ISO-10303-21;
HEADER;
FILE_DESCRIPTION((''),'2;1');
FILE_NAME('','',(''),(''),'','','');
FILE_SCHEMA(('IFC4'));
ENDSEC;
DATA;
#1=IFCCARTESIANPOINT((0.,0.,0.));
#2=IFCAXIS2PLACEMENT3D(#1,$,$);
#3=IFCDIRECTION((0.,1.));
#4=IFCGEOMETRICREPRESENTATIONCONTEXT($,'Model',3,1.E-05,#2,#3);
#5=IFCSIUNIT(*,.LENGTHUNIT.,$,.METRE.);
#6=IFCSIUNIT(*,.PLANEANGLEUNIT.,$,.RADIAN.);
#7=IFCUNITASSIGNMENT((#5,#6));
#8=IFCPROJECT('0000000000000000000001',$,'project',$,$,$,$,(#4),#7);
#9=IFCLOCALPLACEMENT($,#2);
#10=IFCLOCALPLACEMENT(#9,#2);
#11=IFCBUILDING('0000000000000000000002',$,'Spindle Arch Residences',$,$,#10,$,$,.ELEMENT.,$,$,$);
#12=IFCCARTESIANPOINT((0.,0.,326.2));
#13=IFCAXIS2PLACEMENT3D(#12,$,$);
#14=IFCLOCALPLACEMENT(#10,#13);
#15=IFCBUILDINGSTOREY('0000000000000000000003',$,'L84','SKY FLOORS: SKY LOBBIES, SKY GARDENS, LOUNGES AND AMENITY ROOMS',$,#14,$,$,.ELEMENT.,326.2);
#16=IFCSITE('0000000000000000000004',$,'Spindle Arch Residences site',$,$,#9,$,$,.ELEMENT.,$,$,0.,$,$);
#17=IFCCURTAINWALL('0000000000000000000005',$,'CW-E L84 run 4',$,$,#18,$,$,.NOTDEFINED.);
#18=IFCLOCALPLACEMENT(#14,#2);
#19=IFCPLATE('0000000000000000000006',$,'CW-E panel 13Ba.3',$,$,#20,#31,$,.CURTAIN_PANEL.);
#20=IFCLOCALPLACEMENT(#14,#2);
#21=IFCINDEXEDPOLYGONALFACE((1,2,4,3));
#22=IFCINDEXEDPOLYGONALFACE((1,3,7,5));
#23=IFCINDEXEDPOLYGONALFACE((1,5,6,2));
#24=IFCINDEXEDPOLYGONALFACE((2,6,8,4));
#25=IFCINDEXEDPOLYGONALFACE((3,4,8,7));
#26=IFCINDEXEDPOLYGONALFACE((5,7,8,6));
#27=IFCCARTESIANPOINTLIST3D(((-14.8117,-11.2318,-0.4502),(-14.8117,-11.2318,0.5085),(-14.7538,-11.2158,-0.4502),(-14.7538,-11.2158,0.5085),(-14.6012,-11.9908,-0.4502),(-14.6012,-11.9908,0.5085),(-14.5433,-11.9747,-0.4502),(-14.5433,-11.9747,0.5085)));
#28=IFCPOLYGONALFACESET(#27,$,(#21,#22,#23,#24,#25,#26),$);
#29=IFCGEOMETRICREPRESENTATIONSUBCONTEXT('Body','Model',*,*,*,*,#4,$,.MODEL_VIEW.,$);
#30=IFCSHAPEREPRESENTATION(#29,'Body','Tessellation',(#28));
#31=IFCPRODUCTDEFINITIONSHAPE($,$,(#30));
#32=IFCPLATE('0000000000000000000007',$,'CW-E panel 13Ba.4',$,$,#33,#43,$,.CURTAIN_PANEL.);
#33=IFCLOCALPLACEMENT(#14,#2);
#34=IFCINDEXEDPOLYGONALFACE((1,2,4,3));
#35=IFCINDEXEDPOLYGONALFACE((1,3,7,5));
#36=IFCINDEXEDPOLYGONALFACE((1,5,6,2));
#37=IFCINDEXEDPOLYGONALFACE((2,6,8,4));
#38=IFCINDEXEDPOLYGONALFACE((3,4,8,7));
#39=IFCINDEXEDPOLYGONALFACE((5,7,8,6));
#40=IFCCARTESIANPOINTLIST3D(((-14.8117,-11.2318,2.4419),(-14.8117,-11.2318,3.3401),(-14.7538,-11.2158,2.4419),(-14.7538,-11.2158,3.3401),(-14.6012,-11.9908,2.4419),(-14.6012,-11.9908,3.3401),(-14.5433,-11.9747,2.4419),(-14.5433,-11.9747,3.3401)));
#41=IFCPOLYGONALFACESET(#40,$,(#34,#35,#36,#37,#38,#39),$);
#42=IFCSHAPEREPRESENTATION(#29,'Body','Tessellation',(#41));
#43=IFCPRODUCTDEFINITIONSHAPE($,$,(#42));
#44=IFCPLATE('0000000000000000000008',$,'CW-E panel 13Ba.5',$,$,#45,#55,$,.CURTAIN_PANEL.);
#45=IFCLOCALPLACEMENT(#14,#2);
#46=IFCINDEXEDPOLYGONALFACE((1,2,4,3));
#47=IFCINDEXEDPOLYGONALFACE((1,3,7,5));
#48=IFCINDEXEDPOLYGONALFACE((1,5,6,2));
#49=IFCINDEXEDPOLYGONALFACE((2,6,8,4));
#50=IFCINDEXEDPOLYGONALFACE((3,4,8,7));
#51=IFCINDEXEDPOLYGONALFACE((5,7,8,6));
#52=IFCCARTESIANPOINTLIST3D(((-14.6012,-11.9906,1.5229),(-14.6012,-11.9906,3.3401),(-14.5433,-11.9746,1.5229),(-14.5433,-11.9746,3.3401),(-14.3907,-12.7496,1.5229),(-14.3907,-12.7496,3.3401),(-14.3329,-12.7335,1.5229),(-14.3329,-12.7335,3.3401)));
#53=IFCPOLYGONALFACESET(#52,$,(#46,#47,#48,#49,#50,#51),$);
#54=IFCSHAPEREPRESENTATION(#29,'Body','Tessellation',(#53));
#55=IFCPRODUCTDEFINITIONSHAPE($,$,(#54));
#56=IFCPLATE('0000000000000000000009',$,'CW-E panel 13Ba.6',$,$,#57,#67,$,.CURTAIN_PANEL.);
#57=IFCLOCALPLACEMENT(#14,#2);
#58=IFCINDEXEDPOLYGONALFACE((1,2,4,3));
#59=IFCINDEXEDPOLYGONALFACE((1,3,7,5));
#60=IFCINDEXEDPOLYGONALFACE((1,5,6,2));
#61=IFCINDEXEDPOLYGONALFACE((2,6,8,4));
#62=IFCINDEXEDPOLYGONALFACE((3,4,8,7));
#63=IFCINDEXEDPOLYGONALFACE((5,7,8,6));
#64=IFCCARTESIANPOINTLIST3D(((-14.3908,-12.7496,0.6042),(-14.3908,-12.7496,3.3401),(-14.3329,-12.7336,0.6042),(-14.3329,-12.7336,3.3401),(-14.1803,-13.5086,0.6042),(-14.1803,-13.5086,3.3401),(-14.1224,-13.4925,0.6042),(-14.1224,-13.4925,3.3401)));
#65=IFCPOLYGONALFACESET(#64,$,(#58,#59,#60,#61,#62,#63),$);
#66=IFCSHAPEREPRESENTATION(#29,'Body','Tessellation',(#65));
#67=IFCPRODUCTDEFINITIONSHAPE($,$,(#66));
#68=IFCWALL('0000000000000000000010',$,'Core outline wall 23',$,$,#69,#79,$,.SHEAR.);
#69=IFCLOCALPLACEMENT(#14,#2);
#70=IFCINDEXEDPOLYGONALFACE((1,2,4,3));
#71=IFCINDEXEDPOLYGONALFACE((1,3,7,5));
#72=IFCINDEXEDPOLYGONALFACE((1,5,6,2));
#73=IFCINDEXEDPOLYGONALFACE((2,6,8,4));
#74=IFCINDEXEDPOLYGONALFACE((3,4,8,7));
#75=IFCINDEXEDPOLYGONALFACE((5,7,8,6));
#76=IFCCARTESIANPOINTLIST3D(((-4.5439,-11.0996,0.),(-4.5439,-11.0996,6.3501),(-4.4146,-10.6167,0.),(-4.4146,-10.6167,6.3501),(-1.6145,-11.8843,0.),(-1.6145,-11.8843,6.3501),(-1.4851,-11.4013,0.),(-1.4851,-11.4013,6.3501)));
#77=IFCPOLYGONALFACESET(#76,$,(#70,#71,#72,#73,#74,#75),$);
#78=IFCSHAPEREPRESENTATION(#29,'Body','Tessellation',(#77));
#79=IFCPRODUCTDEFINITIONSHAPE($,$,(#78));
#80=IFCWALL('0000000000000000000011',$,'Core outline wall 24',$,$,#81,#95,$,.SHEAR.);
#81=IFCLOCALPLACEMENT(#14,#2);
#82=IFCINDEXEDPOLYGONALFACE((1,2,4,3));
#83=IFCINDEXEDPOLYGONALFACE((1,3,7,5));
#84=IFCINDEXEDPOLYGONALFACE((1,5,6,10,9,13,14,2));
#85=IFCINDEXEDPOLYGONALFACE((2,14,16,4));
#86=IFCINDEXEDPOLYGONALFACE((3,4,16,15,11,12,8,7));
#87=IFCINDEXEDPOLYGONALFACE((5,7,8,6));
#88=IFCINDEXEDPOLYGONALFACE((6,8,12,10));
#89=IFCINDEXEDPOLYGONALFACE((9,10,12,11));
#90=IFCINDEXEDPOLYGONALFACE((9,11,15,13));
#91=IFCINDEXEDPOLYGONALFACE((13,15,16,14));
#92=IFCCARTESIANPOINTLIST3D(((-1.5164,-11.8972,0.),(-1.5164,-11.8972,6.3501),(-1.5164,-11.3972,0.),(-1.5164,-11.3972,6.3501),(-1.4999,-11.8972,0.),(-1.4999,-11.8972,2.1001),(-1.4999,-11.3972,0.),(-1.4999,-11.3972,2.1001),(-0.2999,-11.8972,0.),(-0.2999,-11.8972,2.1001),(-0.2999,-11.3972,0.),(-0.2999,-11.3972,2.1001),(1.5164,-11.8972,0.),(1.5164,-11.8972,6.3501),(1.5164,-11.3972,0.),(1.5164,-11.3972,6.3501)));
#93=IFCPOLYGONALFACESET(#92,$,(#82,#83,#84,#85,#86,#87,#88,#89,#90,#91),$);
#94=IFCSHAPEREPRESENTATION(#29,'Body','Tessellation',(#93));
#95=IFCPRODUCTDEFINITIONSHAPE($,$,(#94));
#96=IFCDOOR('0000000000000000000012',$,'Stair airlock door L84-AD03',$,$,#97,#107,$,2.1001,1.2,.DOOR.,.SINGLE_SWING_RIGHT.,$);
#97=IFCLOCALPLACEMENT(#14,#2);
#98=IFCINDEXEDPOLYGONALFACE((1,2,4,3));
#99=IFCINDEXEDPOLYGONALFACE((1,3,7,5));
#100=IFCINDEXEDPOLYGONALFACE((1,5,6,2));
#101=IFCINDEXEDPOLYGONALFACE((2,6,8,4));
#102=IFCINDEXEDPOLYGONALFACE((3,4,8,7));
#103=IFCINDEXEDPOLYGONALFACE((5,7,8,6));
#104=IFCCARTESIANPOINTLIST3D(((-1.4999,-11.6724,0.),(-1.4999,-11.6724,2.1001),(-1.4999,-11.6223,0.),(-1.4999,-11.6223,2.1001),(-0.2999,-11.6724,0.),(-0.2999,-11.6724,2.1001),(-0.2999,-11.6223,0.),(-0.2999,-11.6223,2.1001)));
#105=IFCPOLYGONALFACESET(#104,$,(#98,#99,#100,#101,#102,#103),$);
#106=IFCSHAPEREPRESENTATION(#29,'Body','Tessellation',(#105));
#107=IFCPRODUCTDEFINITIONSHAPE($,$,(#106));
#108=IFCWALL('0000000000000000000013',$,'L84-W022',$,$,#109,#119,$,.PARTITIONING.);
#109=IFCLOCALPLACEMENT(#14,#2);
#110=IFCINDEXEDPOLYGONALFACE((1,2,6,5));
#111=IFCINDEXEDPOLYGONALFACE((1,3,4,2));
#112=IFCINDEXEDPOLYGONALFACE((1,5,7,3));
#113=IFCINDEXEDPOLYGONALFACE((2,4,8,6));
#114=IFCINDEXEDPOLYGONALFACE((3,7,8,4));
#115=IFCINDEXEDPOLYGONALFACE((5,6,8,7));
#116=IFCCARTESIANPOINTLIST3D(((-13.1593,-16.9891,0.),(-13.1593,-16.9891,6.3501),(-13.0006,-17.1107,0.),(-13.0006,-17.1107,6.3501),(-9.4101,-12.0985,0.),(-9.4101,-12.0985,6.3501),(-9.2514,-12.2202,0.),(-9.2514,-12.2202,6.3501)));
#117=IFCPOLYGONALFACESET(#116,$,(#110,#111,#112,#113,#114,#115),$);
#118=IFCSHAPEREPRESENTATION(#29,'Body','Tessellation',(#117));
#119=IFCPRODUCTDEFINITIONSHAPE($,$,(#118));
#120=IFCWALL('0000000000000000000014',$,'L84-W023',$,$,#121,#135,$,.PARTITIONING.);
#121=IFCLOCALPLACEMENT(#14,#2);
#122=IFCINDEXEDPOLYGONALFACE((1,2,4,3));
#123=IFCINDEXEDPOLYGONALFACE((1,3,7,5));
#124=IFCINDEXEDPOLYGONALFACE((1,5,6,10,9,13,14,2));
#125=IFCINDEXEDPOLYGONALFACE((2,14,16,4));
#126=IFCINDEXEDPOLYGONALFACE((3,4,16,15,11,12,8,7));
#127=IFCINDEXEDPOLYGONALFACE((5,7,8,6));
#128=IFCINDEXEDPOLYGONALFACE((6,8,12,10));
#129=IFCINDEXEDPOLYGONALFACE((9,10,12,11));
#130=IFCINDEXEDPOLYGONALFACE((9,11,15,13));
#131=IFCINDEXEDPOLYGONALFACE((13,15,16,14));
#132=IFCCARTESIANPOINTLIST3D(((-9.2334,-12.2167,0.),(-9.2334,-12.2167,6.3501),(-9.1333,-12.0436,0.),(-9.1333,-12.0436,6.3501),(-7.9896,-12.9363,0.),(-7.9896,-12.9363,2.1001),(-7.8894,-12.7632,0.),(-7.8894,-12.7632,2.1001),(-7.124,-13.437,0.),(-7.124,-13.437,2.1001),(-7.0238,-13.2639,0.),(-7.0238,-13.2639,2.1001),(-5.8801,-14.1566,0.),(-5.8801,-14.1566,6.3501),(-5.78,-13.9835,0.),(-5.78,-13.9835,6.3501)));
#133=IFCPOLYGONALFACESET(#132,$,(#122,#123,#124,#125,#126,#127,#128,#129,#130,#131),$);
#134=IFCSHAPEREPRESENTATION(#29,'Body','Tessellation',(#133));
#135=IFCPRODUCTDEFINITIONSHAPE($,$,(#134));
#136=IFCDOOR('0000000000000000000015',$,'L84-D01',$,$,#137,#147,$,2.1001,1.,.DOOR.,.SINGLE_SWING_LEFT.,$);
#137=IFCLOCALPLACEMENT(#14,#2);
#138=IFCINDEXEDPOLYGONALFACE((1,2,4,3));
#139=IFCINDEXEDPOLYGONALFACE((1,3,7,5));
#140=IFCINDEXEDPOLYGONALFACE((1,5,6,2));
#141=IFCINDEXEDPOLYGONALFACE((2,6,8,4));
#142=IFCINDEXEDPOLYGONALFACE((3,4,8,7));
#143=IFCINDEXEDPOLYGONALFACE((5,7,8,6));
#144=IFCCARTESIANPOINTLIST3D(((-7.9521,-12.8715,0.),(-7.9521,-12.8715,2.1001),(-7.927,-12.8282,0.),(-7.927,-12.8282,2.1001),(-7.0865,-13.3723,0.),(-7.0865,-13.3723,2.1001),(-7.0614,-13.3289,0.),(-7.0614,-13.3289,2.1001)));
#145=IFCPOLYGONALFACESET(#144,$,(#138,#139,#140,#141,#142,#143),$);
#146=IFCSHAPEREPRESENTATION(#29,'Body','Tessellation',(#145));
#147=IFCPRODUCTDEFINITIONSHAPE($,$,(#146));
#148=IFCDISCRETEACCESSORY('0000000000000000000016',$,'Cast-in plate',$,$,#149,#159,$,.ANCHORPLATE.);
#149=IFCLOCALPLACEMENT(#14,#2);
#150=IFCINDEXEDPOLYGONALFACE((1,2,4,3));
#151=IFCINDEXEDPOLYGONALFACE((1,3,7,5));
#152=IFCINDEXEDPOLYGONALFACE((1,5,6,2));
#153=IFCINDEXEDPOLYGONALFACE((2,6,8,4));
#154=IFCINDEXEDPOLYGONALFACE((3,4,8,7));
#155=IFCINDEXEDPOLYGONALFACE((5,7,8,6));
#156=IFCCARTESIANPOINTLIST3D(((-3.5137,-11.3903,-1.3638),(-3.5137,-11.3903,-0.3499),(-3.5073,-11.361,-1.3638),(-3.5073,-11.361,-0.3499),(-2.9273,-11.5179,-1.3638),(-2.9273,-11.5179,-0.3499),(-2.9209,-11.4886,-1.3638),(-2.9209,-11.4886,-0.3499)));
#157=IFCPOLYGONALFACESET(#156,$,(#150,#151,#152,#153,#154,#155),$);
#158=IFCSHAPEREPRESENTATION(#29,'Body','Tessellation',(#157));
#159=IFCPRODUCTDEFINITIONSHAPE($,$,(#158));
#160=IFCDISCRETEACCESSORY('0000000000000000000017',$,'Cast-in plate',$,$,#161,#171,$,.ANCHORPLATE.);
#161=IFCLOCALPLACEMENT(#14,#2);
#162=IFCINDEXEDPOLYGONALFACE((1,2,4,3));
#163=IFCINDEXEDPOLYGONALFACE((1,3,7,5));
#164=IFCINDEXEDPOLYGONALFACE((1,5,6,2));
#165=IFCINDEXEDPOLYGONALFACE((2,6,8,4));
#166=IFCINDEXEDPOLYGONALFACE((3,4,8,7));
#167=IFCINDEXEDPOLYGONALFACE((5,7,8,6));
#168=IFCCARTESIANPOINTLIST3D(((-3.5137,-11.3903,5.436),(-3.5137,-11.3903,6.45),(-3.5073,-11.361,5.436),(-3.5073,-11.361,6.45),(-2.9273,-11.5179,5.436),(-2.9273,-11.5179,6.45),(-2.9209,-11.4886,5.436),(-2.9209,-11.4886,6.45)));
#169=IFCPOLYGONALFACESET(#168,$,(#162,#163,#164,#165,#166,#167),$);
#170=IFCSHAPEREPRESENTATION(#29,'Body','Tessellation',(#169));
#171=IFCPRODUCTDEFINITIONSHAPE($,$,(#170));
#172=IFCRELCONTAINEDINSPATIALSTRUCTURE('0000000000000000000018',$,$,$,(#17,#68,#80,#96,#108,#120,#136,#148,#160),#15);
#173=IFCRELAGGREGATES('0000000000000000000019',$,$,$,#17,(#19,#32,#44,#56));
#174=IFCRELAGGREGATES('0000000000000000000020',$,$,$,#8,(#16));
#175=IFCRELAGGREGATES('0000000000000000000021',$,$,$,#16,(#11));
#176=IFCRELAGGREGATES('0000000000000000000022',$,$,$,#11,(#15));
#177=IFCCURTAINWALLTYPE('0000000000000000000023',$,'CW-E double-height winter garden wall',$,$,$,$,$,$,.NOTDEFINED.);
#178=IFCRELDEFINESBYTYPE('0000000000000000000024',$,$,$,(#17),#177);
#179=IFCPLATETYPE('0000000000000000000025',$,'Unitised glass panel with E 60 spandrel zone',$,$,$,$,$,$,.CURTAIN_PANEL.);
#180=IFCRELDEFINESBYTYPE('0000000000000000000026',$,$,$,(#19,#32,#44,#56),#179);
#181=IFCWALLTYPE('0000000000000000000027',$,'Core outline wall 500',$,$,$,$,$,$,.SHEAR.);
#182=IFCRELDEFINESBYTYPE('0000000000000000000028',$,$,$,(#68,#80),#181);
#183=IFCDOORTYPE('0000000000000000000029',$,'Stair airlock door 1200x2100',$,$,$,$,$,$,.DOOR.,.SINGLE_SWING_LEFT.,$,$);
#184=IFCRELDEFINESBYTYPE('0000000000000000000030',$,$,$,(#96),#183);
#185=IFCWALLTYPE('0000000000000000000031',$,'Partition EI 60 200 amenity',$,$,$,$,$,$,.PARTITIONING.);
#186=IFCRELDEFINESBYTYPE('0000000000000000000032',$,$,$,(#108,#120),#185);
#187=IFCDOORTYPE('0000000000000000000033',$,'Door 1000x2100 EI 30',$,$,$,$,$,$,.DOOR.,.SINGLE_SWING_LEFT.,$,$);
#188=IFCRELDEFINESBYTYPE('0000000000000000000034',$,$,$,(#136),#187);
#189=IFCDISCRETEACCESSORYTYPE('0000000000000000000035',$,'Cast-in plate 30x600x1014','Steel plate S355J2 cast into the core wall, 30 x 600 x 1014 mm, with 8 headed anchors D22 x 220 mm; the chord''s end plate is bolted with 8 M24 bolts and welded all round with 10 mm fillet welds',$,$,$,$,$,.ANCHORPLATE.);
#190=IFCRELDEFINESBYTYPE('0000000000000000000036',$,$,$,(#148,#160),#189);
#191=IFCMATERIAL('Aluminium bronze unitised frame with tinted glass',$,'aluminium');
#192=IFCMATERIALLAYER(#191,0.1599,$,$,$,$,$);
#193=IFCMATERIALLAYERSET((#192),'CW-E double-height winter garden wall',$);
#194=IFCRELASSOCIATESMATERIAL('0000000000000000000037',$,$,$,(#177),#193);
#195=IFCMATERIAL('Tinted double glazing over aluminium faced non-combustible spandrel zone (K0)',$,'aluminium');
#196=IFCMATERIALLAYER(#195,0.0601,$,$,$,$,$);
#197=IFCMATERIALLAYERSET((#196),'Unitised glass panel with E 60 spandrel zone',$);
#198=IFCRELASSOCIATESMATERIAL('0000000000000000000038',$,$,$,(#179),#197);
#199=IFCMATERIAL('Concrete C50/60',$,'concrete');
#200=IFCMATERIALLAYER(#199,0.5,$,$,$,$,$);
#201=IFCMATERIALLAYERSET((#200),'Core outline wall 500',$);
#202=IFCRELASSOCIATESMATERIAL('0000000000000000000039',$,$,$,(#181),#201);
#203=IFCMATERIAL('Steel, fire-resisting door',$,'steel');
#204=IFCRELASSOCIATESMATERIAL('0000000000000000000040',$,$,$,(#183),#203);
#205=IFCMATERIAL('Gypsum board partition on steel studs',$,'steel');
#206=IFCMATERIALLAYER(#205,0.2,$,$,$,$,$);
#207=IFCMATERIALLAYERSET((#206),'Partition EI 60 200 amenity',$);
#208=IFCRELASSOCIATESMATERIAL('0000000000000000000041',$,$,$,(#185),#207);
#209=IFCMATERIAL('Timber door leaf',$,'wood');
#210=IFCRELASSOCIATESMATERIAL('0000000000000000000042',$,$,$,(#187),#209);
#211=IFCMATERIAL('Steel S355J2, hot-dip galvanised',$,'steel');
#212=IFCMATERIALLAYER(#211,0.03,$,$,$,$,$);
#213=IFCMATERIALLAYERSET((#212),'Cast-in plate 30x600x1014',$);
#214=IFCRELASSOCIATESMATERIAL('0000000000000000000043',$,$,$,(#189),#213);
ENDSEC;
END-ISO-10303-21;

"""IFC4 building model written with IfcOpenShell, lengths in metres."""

from ifc_helpers import new_model, si_unit, direction, frame, frame_2d, origin, origin_2d, place, context, subcontext, project, spatial, rectangle, extrude, material, layer, layer_set, type_object, element, fill, aggregate, save


model = new_model("IFC4")

# Units and contexts
model_context = context("Model", 3, precision=1e-05, world=origin(), true_north=direction((0.0, 1.0)))
body_context = subcontext(model_context, "Body", "Model", "MODEL_VIEW")
ifc_project = project(units=[si_unit("LENGTHUNIT", "METRE"), si_unit("PLANEANGLEUNIT", "RADIAN")], contexts=[model_context])

# Site, building, storey
site_placement = place(None, origin())
site = spatial("IfcSite", under=ifc_project, at=site_placement, Name="Spindle Arch Residences site", CompositionType="ELEMENT", RefElevation=0.0)
building_placement = place(site_placement, origin())
building = spatial("IfcBuilding", under=site, at=building_placement, Name="Spindle Arch Residences", CompositionType="ELEMENT")
storey_placement = place(building_placement, frame((0.0, 0.0, 326.2)))
storey = spatial("IfcBuildingStorey", under=building, at=storey_placement, Name="L84", Description="SKY FLOORS: SKY LOBBIES, SKY GARDENS, LOUNGES AND AMENITY ROOMS", CompositionType="ELEMENT", Elevation=326.2)

# Shared definitions
ifc_material_1 = material(Name="Aluminium bronze unitised frame with tinted glass", Category="aluminium")
ifc_layer_1 = layer(ifc_material_1, 0.1599)
ifc_layer_set_1 = layer_set([ifc_layer_1], Name="CW-E double-height winter garden wall")
curtain_wall_type = type_object("IfcCurtainWallType", Name="CW-E double-height winter garden wall", PredefinedType="NOTDEFINED", material=ifc_layer_set_1)

# Curtain wall
curtain_wall_1_placement = place(storey_placement, origin())
curtain_wall_1 = element("IfcCurtainWall", 1, at=curtain_wall_1_placement, inside=storey, type_object=curtain_wall_type, Name="CW-E L84 run 4", PredefinedType="NOTDEFINED")

# Plates
ifc_material_2 = material(Name="Tinted double glazing over aluminium faced non-combustible spandrel zone (K0)", Category="aluminium")
ifc_layer_2 = layer(ifc_material_2, 0.0601)
ifc_layer_set_2 = layer_set([ifc_layer_2], Name="Unitised glass panel with E 60 spandrel zone")
plate_type_1 = type_object("IfcPlateType", Name="Unitised glass panel with E 60 spandrel zone", PredefinedType="CURTAIN_PANEL", material=ifc_layer_set_2)
plate_1_placement = place(storey_placement, frame((-14.6775, -11.6033, -0.4502), z_axis=(0.0, 0.0, 1.0), x_axis=(0.267238, -0.96363, 0.0)))
plate_1 = element("IfcPlate", 2, at=plate_1_placement, type_object=plate_type_1, Name="CW-E panel 13Ba.3", PredefinedType="CURTAIN_PANEL", context=body_context, shape_type="SweptSolid", body=[
    extrude(rectangle(XDim=0.7876, YDim=0.0601, at=origin_2d()), origin(), (0.0, 0.0, 1.0), 0.9587),
])
plate_2_placement = place(storey_placement, frame((-14.6775, -11.6033, 2.4419), z_axis=(0.0, 0.0, 1.0), x_axis=(0.267238, -0.96363, 0.0)))
plate_2 = element("IfcPlate", 3, at=plate_2_placement, type_object=plate_type_1, Name="CW-E panel 13Ba.4", PredefinedType="CURTAIN_PANEL", context=body_context, shape_type="SweptSolid", body=[
    extrude(rectangle(XDim=0.7876, YDim=0.0601, at=origin_2d()), origin(), (0.0, 0.0, 1.0), 0.8982),
])
plate_3_placement = place(storey_placement, frame((-14.467, -12.3621, 1.5229), z_axis=(0.0, 0.0, 1.0), x_axis=(0.267238, -0.96363, 0.0)))
plate_3 = element("IfcPlate", 4, at=plate_3_placement, type_object=plate_type_1, Name="CW-E panel 13Ba.5", PredefinedType="CURTAIN_PANEL", context=body_context, shape_type="SweptSolid", body=[
    extrude(rectangle(XDim=0.7876, YDim=0.0601, at=origin_2d()), origin(), (0.0, 0.0, 1.0), 1.8171),
])
plate_4_placement = place(storey_placement, frame((-14.2566, -13.1211, 0.6042), z_axis=(0.0, 0.0, 1.0), x_axis=(0.267238, -0.96363, 0.0)))
plate_4 = element("IfcPlate", 5, at=plate_4_placement, type_object=plate_type_1, Name="CW-E panel 13Ba.6", PredefinedType="CURTAIN_PANEL", context=body_context, shape_type="SweptSolid", body=[
    extrude(rectangle(XDim=0.7876, YDim=0.0601, at=origin_2d()), origin(), (0.0, 0.0, 1.0), 2.7358),
])
aggregate(curtain_wall_1, [plate_1, plate_2, plate_3, plate_4])

# Wall
ifc_material_3 = material(Name="Concrete C50/60", Category="concrete")
ifc_layer_3 = layer(ifc_material_3, 0.5)
ifc_layer_set_3 = layer_set([ifc_layer_3], Name="Core outline wall 500")
wall_type_1 = type_object("IfcWallType", Name="Core outline wall 500", PredefinedType="SHEAR", material=ifc_layer_set_3)
wall_1_placement = place(storey_placement, frame((-4.4792, -10.8582, 0.0), z_axis=(0.0, 0.0, 1.0), x_axis=(0.965948, -0.258735, 0.0)))
element("IfcWall", 6, at=wall_1_placement, inside=storey, type_object=wall_type_1, Name="Core outline wall 23", PredefinedType="SHEAR", context=body_context, shape_type="SweptSolid", body=[
    extrude(rectangle(XDim=3.0327, YDim=0.5, at=frame_2d((1.5164, 0.0))), origin(), (0.0, 0.0, 1.0), 6.3501),
])

# Wall, opening, door
wall_2_placement = place(storey_placement, frame((-1.5164, -11.6472, 0.0), z_axis=(0.0, 0.0, 1.0), x_axis=(1.0, 0.0, 0.0)))
wall_2 = element("IfcWall", 7, at=wall_2_placement, inside=storey, type_object=wall_type_1, Name="Core outline wall 24", PredefinedType="SHEAR", context=body_context, shape_type="SweptSolid", body=[
    extrude(rectangle(XDim=3.0327, YDim=0.5, at=frame_2d((1.5164, 0.0))), origin(), (0.0, 0.0, 1.0), 6.3501),
])
opening_1_placement = place(wall_2_placement, frame((0.0164, 0.0, 0.0)))
opening_1 = element("IfcOpeningElement", 8, at=opening_1_placement, cuts=wall_2, PredefinedType="OPENING", context=body_context, shape_type="SweptSolid", body=[
    extrude(rectangle(XDim=1.2, YDim=2.1001, at=frame_2d((0.6001, 1.05))), frame((0.0, 0.26, 0.0), z_axis=(0.0, -1.0, 0.0), x_axis=(1.0, 0.0, 0.0)), (0.0, 0.0, 1.0), 0.52),
])
ifc_material_4 = material(Name="Steel, fire-resisting door", Category="steel")
door_type_1 = type_object("IfcDoorType", Name="Stair airlock door 1200x2100", OperationType="SINGLE_SWING_LEFT", PredefinedType="DOOR", material=ifc_material_4)
door_1_placement = place(opening_1_placement, origin())
door_1 = element("IfcDoor", 9, at=door_1_placement, inside=storey, type_object=door_type_1, Name="Stair airlock door L84-AD03", OperationType="SINGLE_SWING_RIGHT", OverallHeight=2.1001, OverallWidth=1.2, PredefinedType="DOOR", context=body_context, shape_type="SweptSolid", body=[
    extrude(rectangle(XDim=1.2, YDim=2.1001, at=frame_2d((0.6001, 1.05))), frame((0.0, 0.0249, 0.0), z_axis=(0.0, -1.0, 0.0), x_axis=(1.0, 0.0, 0.0)), (0.0, 0.0, 1.0), 0.05),
])
fill(opening_1, door_1)

# Wall
ifc_material_5 = material(Name="Gypsum board partition on steel studs", Category="steel")
ifc_layer_4 = layer(ifc_material_5, 0.2)
ifc_layer_set_4 = layer_set([ifc_layer_4], Name="Partition EI 60 200 amenity")
wall_type_2 = type_object("IfcWallType", Name="Partition EI 60 200 amenity", PredefinedType="PARTITIONING", material=ifc_layer_set_4)
wall_3_placement = place(storey_placement, frame((-9.3308, -12.1594, 0.0), z_axis=(0.0, 0.0, 1.0), x_axis=(-0.60841, -0.793623, 0.0)))
element("IfcWall", 10, at=wall_3_placement, inside=storey, type_object=wall_type_2, Name="L84-W022", PredefinedType="PARTITIONING", context=body_context, shape_type="SweptSolid", body=[
    extrude(rectangle(XDim=6.1624, YDim=0.2, at=frame_2d((3.0811, 0.0))), origin(), (0.0, 0.0, 1.0), 6.3501),
])

# Wall, opening, door
wall_4_placement = place(storey_placement, frame((-9.1833, -12.1301, 0.0), z_axis=(0.0, 0.0, 1.0), x_axis=(0.865586, -0.50076, 0.0)))
wall_4 = element("IfcWall", 11, at=wall_4_placement, inside=storey, type_object=wall_type_2, Name="L84-W023", PredefinedType="PARTITIONING", context=body_context, shape_type="SweptSolid", body=[
    extrude(rectangle(XDim=3.874, YDim=0.2, at=frame_2d((1.937, 0.0))), origin(), (0.0, 0.0, 1.0), 6.3501),
])
opening_2_placement = place(wall_4_placement, frame((1.437, 0.0, 0.0)))
opening_2 = element("IfcOpeningElement", 12, at=opening_2_placement, cuts=wall_4, PredefinedType="OPENING", context=body_context, shape_type="SweptSolid", body=[
    extrude(rectangle(XDim=1.0, YDim=2.1001, at=frame_2d((0.5, 1.05))), frame((0.0, 0.1099, 0.0), z_axis=(0.0, -1.0, 0.0), x_axis=(1.0, 0.0, 0.0)), (0.0, 0.0, 1.0), 0.22),
])
ifc_material_6 = material(Name="Timber door leaf", Category="wood")
door_type_2 = type_object("IfcDoorType", Name="Door 1000x2100 EI 30", OperationType="SINGLE_SWING_LEFT", PredefinedType="DOOR", material=ifc_material_6)
door_2_placement = place(opening_2_placement, origin())
door_2 = element("IfcDoor", 13, at=door_2_placement, inside=storey, type_object=door_type_2, Name="L84-D01", OperationType="SINGLE_SWING_LEFT", OverallHeight=2.1001, OverallWidth=1.0, PredefinedType="DOOR", context=body_context, shape_type="SweptSolid", body=[
    extrude(rectangle(XDim=1.0, YDim=2.1001, at=frame_2d((0.5, 1.05))), frame((0.0, 0.0249, 0.0), z_axis=(0.0, -1.0, 0.0), x_axis=(1.0, 0.0, 0.0)), (0.0, 0.0, 1.0), 0.05),
])
fill(opening_2, door_2)

# Discrete accessories
ifc_material_7 = material(Name="Steel S355J2, hot-dip galvanised", Category="steel")
ifc_layer_5 = layer(ifc_material_7, 0.03)
ifc_layer_set_5 = layer_set([ifc_layer_5], Name="Cast-in plate 30x600x1014")
discrete_accessory_type = type_object("IfcDiscreteAccessoryType", Name="Cast-in plate 30x600x1014", Description="Steel plate S355J2 cast into the core wall, 30 x 600 x 1014 mm, with 8 headed anchors D22 x 220 mm; the chord's end plate is bolted with 8 M24 bolts and welded all round with 10 mm fillet welds", PredefinedType="ANCHORPLATE", material=ifc_layer_set_5)
for number, where, z_axis, x_axis, name in (
    (14, (-3.2173, -11.4395, -1.3638), (0.0, 0.0, 1.0), (-0.212602, -0.977139, 0.0), "Cast-in plate"),
    (15, (-3.2173, -11.4395, 5.436), (0.0, 0.0, 1.0), (-0.212602, -0.977139, 0.0), "Cast-in plate"),
):
    element("IfcDiscreteAccessory", number, at=place(storey_placement, frame(where, z_axis=z_axis, x_axis=x_axis)), inside=storey, type_object=discrete_accessory_type, Name=name, PredefinedType="ANCHORPLATE", context=body_context, shape_type="SweptSolid", body=[
        extrude(rectangle(XDim=0.03, YDim=0.6001, at=origin_2d()), origin(), (0.0, 0.0, 1.0), 1.0139),
    ])

save(model, "model.ifc")
